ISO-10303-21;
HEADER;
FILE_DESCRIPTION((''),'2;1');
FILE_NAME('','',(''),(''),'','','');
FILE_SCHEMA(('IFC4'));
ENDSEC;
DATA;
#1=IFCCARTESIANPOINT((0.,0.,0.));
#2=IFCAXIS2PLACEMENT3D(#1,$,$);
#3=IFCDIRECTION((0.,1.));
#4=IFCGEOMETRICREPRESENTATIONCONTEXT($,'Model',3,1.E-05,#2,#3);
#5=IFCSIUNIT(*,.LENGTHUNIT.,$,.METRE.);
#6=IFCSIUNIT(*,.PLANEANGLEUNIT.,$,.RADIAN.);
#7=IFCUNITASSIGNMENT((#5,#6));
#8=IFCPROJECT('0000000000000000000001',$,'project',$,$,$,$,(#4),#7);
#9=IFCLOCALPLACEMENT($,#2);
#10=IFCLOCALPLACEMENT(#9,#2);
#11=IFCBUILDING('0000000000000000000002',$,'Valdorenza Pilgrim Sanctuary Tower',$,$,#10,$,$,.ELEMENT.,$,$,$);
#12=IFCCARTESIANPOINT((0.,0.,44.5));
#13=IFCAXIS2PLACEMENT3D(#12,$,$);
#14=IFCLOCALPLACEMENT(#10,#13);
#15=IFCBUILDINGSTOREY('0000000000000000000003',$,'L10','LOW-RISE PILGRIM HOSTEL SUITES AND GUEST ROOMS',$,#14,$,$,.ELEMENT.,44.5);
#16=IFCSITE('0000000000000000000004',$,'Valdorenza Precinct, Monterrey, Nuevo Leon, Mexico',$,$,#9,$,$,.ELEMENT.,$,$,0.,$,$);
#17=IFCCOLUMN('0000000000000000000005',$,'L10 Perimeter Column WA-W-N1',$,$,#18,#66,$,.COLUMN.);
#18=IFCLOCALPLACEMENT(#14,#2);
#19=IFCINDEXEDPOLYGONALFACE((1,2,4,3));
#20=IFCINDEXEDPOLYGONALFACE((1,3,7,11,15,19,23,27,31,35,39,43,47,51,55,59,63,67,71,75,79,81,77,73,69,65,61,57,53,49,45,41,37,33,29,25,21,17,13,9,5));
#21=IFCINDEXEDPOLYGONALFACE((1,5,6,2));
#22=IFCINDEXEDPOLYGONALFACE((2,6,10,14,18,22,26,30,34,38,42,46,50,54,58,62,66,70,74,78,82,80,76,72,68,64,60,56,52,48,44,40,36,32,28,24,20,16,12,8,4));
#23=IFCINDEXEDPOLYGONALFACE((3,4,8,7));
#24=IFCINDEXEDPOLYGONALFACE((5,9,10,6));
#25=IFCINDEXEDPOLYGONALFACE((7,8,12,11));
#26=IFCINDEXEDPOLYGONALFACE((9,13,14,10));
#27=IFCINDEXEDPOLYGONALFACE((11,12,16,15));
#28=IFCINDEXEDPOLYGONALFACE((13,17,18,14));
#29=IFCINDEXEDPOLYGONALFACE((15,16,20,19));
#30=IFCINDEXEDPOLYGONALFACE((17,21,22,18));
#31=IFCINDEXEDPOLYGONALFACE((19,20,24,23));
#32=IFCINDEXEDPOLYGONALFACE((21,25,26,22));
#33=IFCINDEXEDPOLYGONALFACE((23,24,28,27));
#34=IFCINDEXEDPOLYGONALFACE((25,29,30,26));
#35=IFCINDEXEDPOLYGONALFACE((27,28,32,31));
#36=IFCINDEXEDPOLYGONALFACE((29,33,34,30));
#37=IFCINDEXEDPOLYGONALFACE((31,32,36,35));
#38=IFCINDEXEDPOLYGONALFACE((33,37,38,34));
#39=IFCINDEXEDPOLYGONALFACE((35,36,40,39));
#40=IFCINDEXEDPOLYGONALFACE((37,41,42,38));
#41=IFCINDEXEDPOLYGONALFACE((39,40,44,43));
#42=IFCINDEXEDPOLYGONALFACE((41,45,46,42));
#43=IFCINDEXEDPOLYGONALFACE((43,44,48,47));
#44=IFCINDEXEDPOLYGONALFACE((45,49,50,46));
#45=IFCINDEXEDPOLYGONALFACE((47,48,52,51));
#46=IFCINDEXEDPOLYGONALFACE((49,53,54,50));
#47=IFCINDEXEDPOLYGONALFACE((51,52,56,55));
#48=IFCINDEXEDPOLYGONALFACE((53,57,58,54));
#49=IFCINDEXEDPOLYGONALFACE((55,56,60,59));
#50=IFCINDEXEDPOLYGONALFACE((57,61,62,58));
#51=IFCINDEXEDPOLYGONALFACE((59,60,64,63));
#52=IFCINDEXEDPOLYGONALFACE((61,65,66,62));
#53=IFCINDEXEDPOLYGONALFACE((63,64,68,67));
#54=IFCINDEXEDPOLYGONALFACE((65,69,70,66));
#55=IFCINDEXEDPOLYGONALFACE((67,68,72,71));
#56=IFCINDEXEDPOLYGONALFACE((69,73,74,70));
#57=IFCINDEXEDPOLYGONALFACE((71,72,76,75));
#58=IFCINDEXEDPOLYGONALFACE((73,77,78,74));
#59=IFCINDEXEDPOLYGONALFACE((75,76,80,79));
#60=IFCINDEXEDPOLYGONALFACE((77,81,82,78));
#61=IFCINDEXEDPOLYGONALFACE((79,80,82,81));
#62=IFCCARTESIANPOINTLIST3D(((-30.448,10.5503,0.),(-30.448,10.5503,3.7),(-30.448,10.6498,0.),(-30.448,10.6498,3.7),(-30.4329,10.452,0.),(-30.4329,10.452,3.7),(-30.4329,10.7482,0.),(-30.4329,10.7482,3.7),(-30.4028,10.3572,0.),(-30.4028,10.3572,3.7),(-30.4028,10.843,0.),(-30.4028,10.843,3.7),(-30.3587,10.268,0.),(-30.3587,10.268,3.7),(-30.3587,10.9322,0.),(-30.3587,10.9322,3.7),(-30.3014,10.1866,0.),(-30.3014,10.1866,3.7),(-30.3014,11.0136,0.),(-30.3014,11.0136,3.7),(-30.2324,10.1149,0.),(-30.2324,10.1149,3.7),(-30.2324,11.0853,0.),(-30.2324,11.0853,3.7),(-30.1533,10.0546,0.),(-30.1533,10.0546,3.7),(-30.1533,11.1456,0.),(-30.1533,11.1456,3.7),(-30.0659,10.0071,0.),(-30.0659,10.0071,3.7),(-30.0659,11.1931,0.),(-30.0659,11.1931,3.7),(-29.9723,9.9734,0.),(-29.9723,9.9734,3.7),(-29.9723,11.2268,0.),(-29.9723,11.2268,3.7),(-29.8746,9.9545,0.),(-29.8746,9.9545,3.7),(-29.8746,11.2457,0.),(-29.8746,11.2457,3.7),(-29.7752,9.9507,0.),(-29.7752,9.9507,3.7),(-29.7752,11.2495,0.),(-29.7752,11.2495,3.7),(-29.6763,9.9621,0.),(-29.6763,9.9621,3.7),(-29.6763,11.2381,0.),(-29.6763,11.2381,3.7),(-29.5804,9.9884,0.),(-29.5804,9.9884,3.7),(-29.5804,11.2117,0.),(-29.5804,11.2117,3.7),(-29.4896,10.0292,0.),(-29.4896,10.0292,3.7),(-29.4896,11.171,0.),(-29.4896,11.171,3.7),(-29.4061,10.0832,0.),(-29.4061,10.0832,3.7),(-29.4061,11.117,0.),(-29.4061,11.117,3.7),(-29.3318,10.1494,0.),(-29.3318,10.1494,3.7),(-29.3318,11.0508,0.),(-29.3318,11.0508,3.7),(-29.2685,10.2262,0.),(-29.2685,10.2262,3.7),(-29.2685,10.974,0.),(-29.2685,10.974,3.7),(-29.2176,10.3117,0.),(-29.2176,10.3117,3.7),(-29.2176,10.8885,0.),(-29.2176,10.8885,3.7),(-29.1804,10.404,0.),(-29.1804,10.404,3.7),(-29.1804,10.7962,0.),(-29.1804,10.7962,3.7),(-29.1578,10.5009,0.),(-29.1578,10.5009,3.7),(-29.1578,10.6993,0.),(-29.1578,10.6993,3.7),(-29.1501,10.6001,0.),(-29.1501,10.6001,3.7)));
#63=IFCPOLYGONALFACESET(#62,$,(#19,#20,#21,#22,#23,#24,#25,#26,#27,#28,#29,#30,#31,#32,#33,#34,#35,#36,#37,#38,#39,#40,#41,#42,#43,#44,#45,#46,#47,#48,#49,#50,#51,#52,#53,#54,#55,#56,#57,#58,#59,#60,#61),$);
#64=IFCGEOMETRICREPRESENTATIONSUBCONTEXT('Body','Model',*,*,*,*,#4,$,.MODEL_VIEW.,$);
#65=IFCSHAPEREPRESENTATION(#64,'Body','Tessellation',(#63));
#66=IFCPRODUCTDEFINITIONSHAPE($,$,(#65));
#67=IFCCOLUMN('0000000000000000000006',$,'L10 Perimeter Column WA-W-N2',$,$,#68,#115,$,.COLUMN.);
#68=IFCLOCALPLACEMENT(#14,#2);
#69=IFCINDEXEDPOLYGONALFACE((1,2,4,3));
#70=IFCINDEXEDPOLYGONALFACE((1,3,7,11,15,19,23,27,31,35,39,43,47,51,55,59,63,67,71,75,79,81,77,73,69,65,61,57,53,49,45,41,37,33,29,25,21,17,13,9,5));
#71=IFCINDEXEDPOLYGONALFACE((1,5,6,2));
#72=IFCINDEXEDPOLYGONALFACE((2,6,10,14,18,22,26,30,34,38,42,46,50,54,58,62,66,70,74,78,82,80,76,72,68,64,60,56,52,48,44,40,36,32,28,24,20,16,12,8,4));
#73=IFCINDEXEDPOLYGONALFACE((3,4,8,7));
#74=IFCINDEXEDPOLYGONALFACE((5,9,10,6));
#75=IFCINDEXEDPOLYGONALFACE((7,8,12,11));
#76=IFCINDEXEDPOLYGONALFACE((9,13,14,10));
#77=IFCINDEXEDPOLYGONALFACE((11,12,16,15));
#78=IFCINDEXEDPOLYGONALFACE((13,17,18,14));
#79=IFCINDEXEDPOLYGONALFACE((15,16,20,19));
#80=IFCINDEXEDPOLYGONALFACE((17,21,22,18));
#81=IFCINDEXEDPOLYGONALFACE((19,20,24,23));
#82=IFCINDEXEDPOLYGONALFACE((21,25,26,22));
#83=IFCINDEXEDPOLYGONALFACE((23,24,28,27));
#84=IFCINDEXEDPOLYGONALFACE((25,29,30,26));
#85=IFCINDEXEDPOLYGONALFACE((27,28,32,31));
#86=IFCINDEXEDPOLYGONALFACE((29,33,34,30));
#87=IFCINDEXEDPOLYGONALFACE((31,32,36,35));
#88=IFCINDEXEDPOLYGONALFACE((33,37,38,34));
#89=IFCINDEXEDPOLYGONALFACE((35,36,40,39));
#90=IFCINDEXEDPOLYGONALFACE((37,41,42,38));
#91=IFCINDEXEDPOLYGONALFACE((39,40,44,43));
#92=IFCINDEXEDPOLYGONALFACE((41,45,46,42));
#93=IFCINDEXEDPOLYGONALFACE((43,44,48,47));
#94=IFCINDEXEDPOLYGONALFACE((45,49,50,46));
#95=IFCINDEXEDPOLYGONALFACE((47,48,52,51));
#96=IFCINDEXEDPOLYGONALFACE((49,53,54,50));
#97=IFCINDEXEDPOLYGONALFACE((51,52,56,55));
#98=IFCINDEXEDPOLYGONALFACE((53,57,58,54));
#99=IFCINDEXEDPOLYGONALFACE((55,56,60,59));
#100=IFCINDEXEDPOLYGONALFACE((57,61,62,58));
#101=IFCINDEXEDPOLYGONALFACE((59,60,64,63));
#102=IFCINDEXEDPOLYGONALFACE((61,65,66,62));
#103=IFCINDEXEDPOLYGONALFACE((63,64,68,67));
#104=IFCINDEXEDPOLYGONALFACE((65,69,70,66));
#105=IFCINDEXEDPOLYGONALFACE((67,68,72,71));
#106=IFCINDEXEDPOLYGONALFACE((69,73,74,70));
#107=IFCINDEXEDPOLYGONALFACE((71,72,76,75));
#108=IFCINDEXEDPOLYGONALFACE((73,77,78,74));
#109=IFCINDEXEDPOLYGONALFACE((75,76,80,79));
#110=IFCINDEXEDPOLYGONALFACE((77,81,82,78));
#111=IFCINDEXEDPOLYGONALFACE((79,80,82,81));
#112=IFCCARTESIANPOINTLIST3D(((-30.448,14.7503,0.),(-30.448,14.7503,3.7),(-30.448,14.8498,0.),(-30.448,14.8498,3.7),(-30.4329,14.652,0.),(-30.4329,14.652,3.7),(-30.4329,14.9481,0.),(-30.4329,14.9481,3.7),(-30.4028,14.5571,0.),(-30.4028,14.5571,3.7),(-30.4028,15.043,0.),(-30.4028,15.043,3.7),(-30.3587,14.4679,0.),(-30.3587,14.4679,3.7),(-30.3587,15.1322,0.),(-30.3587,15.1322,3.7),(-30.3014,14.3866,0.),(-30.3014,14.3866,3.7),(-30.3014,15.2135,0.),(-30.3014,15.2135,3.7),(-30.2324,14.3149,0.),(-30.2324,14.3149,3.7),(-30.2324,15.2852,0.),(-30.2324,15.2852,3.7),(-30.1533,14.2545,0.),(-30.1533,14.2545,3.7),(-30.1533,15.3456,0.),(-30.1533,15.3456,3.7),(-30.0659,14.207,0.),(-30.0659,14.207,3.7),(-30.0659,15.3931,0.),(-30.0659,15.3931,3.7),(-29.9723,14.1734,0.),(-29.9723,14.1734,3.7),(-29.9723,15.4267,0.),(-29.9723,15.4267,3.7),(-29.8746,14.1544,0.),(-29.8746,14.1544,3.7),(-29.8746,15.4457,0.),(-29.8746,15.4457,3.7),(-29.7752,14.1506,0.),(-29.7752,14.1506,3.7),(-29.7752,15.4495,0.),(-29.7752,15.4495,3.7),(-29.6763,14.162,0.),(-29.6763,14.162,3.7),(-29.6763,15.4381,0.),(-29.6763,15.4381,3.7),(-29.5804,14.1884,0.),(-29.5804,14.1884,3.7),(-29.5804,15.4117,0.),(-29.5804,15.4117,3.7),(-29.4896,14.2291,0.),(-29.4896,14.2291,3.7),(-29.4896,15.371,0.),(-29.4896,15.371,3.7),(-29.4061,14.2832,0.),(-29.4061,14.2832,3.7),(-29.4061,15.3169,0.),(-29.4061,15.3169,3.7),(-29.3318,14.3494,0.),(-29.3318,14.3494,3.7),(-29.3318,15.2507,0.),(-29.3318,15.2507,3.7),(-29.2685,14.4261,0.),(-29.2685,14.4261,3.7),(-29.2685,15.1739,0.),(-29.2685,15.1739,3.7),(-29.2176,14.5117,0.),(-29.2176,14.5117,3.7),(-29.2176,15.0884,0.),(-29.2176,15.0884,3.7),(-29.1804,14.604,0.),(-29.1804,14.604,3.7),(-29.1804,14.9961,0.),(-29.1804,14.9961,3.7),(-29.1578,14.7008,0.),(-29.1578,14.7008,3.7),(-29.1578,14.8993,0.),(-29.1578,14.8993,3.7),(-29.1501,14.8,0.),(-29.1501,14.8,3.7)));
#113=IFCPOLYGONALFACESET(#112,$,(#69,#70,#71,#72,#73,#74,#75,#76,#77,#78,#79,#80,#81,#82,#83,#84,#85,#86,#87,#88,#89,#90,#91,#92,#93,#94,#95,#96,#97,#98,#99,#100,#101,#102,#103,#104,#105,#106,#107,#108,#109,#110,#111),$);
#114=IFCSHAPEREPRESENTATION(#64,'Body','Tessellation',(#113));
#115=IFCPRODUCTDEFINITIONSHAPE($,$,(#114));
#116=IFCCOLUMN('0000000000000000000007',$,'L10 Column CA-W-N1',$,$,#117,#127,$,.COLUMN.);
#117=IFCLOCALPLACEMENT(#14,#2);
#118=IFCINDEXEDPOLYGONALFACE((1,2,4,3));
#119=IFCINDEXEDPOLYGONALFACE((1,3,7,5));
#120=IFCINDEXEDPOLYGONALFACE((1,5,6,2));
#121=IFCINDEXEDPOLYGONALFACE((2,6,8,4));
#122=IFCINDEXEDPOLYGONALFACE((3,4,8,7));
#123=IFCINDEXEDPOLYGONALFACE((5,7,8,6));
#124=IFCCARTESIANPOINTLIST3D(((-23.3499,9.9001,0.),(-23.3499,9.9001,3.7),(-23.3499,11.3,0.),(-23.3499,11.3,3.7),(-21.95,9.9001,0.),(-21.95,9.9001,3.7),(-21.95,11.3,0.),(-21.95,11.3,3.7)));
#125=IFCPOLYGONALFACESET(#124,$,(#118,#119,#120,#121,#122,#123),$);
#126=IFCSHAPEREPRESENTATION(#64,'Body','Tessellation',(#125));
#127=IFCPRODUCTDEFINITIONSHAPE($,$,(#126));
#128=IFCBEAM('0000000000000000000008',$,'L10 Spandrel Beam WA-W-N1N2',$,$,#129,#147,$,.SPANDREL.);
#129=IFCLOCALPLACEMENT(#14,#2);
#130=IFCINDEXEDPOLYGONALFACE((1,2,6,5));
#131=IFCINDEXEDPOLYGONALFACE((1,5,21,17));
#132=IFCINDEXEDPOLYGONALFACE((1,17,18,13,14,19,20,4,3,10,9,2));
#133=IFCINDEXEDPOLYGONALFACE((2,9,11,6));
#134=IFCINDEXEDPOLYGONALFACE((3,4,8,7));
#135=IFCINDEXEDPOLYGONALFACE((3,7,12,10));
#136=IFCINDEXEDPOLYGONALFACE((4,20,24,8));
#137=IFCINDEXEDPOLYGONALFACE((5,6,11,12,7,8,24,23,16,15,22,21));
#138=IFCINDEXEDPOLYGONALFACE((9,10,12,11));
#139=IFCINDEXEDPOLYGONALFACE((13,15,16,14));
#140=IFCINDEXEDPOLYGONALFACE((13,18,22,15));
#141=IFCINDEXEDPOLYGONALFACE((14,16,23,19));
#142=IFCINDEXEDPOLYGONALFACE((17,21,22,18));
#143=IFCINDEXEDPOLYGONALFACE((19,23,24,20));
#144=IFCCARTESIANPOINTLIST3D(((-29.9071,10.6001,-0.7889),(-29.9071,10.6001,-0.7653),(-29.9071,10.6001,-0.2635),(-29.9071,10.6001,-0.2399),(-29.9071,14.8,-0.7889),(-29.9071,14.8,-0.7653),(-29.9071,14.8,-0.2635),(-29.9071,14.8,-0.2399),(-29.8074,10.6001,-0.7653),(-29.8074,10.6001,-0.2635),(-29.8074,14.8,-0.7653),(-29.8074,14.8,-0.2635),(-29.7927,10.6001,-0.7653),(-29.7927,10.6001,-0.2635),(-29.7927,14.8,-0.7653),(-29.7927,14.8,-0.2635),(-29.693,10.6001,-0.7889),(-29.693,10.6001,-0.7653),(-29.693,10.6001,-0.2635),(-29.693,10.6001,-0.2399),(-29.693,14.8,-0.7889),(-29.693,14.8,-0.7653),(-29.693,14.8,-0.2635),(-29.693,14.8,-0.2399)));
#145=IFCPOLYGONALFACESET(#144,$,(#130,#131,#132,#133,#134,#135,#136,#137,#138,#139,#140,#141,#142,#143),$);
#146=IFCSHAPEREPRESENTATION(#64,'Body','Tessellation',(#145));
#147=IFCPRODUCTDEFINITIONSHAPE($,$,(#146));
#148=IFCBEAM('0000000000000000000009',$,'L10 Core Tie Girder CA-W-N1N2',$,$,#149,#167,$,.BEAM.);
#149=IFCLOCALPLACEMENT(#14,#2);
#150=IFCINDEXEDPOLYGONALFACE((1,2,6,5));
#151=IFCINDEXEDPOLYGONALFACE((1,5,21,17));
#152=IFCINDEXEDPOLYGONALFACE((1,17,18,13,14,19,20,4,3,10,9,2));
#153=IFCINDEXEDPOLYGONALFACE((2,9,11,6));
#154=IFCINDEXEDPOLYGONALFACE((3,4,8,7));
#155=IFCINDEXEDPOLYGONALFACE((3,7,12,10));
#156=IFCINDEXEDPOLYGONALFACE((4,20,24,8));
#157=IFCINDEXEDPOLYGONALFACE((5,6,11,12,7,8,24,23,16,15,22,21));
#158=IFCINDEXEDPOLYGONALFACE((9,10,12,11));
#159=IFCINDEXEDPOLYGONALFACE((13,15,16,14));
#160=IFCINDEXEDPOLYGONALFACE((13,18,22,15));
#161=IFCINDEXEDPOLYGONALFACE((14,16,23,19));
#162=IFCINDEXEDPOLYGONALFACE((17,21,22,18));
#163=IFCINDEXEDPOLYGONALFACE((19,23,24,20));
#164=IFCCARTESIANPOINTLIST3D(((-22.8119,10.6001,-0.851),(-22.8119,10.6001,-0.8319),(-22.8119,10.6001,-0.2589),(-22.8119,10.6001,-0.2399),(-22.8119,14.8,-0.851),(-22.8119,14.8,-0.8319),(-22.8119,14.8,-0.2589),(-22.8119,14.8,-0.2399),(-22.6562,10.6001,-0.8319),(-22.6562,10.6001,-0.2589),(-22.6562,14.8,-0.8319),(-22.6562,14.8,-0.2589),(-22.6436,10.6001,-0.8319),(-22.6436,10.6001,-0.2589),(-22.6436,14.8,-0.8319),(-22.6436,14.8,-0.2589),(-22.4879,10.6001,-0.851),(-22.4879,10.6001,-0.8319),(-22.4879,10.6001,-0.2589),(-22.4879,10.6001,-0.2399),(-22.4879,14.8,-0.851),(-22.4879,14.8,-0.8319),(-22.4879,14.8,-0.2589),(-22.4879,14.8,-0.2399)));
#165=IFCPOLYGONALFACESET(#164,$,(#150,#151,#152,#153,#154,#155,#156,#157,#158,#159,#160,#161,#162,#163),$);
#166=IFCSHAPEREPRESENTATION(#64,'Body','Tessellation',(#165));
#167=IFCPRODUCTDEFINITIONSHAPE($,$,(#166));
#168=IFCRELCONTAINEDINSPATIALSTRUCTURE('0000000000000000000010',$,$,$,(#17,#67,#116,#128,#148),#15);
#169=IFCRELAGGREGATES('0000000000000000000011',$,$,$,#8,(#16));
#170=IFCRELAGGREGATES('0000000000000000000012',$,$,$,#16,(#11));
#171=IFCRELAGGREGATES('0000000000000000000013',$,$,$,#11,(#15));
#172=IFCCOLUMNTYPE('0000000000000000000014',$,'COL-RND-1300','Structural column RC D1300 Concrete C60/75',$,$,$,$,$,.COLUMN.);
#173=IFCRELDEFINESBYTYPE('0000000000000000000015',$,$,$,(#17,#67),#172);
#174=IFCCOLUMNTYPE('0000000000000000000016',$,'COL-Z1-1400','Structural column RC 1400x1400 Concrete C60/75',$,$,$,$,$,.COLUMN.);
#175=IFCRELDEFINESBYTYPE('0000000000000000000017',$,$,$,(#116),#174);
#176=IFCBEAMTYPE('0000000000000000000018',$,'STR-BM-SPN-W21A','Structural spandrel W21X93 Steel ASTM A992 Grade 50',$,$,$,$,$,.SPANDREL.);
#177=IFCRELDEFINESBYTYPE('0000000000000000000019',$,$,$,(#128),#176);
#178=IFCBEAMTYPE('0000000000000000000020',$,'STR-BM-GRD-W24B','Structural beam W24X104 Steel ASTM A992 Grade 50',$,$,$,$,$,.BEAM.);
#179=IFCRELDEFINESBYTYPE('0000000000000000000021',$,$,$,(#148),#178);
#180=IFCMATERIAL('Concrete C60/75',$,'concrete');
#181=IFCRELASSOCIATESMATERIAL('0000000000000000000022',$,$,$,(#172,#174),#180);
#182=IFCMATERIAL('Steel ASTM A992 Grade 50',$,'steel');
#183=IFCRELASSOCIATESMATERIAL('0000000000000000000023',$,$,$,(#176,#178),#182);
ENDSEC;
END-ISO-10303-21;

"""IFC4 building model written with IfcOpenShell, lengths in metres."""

from ifc_helpers import new_model, si_unit, direction, frame, origin, origin_2d, place, context, subcontext, project, spatial, rectangle, circle, i_section, extrude, source, transform, mapped, material, material_profile, profile_set, type_object, element, save


model = new_model("IFC4")

# Units and contexts
model_context = context("Model", 3, precision=1e-05, world=origin(), true_north=direction((0.0, 1.0)))
body_context = subcontext(model_context, "Body", "Model", "MODEL_VIEW")
ifc_project = project(units=[si_unit("LENGTHUNIT", "METRE"), si_unit("PLANEANGLEUNIT", "RADIAN")], contexts=[model_context])

# Site, building, storey
site_placement = place(None, origin())
site = spatial("IfcSite", under=ifc_project, at=site_placement, Name="Valdorenza Precinct, Monterrey, Nuevo Leon, Mexico", CompositionType="ELEMENT", RefElevation=0.0)
building_placement = place(site_placement, origin())
building = spatial("IfcBuilding", under=site, at=building_placement, Name="Valdorenza Pilgrim Sanctuary Tower", CompositionType="ELEMENT")
storey_placement = place(building_placement, frame((0.0, 0.0, 44.5)))
storey = spatial("IfcBuildingStorey", under=building, at=storey_placement, Name="L10", Description="LOW-RISE PILGRIM HOSTEL SUITES AND GUEST ROOMS", CompositionType="ELEMENT", Elevation=44.5)

# Columns
ifc_material_1 = material(Name="Concrete C60/75", Category="concrete")
ifc_material_profile_1 = material_profile(ifc_material_1, circle(Radius=0.6499, at=origin_2d()), Name="RC D1300")
ifc_profile_set_1 = profile_set([ifc_material_profile_1], Name="Concrete C60/75")
column_type_1 = type_object("IfcColumnType", Name="COL-RND-1300", Description="Structural column RC D1300 Concrete C60/75", PredefinedType="COLUMN", material=ifc_profile_set_1)
shared_shape_1 = source(origin(), body_context, "Body", "SweptSolid", [
    extrude(circle(Radius=0.6499, at=origin_2d()), origin(), (0.0, 0.0, 1.0), 3.7),
])
for number, where, z_axis, x_axis, name in (
    (1, (-29.8, 10.6001, 0.0), (0.0, 0.0, 1.0), (1.0, 0.0, 0.0), "L10 Perimeter Column WA-W-N1"),
    (2, (-29.8, 14.8, 0.0), (0.0, 0.0, 1.0), (1.0, 0.0, 0.0), "L10 Perimeter Column WA-W-N2"),
):
    element("IfcColumn", number, at=place(storey_placement, frame(where, z_axis=z_axis, x_axis=x_axis)), inside=storey, type_object=column_type_1, Name=name, PredefinedType="COLUMN", context=body_context, shape_type="MappedRepresentation", body=[
        mapped(shared_shape_1, transform((0.0, 0.0, 0.0), x_axis=(1.0, 0.0, 0.0), y_axis=(0.0, 1.0, 0.0), z_axis=(0.0, 0.0, 1.0), scale=1.0)),
    ])
ifc_material_profile_2 = material_profile(ifc_material_1, rectangle(XDim=1.3999, YDim=1.3999, at=origin_2d()), Name="RC 1400x1400")
ifc_profile_set_2 = profile_set([ifc_material_profile_2], Name="Concrete C60/75")
column_type_2 = type_object("IfcColumnType", Name="COL-Z1-1400", Description="Structural column RC 1400x1400 Concrete C60/75", PredefinedType="COLUMN", material=ifc_profile_set_2)
shared_shape_2 = source(origin(), body_context, "Body", "SweptSolid", [
    extrude(rectangle(XDim=1.3999, YDim=1.3999, at=origin_2d()), origin(), (0.0, 0.0, 1.0), 3.7),
])
column_placement = place(storey_placement, frame((-22.6499, 10.6001, 0.0), z_axis=(0.0, 0.0, 1.0), x_axis=(1.0, 0.0, 0.0)))
element("IfcColumn", 3, at=column_placement, inside=storey, type_object=column_type_2, Name="L10 Column CA-W-N1", PredefinedType="COLUMN", context=body_context, shape_type="MappedRepresentation", body=[
    mapped(shared_shape_2, transform((0.0, 0.0, 0.0), x_axis=(1.0, 0.0, 0.0), y_axis=(0.0, 1.0, 0.0), z_axis=(0.0, 0.0, 1.0), scale=1.0)),
])

# Beams
ifc_material_2 = material(Name="Steel ASTM A992 Grade 50", Category="steel")
ifc_material_profile_3 = material_profile(ifc_material_2, i_section(OverallWidth=0.2141, OverallDepth=0.5491, WebThickness=0.0146, FlangeThickness=0.0237, at=origin_2d()), Name="W21X93")
ifc_profile_set_3 = profile_set([ifc_material_profile_3], Name="Steel ASTM A992 Grade 50")
beam_type_1 = type_object("IfcBeamType", Name="STR-BM-SPN-W21A", Description="Structural spandrel W21X93 Steel ASTM A992 Grade 50", PredefinedType="SPANDREL", material=ifc_profile_set_3)
shared_shape_3 = source(origin(), body_context, "Body", "SweptSolid", [
    extrude(i_section(OverallWidth=0.2141, OverallDepth=0.5491, WebThickness=0.0146, FlangeThickness=0.0237, at=origin_2d()), origin(), (0.0, 0.0, 1.0), 4.2),
])
beam_1_placement = place(storey_placement, frame((-29.8, 10.6001, -0.5144), z_axis=(0.0, 1.0, 0.0), x_axis=(-1.0, 0.0, 0.0)))
element("IfcBeam", 4, at=beam_1_placement, inside=storey, type_object=beam_type_1, Name="L10 Spandrel Beam WA-W-N1N2", PredefinedType="SPANDREL", context=body_context, shape_type="MappedRepresentation", body=[
    mapped(shared_shape_3, transform((0.0, 0.0, 0.0), x_axis=(1.0, 0.0, 0.0), y_axis=(0.0, 1.0, 0.0), z_axis=(0.0, 0.0, 1.0), scale=1.0)),
])
ifc_material_profile_4 = material_profile(ifc_material_2, i_section(OverallWidth=0.324, OverallDepth=0.6111, WebThickness=0.0127, FlangeThickness=0.019, at=origin_2d()), Name="W24X104")
ifc_profile_set_4 = profile_set([ifc_material_profile_4], Name="Steel ASTM A992 Grade 50")
beam_type_2 = type_object("IfcBeamType", Name="STR-BM-GRD-W24B", Description="Structural beam W24X104 Steel ASTM A992 Grade 50", PredefinedType="BEAM", material=ifc_profile_set_4)
shared_shape_4 = source(origin(), body_context, "Body", "SweptSolid", [
    extrude(i_section(OverallWidth=0.324, OverallDepth=0.6111, WebThickness=0.0127, FlangeThickness=0.019, at=origin_2d()), origin(), (0.0, 0.0, 1.0), 4.2),
])
beam_2_placement = place(storey_placement, frame((-22.6499, 10.6001, -0.5454), z_axis=(0.0, 1.0, 0.0), x_axis=(-1.0, 0.0, 0.0)))
element("IfcBeam", 5, at=beam_2_placement, inside=storey, type_object=beam_type_2, Name="L10 Core Tie Girder CA-W-N1N2", PredefinedType="BEAM", context=body_context, shape_type="MappedRepresentation", body=[
    mapped(shared_shape_4, transform((0.0, 0.0, 0.0), x_axis=(1.0, 0.0, 0.0), y_axis=(0.0, 1.0, 0.0), z_axis=(0.0, 0.0, 1.0), scale=1.0)),
])

save(model, "model.ifc")
